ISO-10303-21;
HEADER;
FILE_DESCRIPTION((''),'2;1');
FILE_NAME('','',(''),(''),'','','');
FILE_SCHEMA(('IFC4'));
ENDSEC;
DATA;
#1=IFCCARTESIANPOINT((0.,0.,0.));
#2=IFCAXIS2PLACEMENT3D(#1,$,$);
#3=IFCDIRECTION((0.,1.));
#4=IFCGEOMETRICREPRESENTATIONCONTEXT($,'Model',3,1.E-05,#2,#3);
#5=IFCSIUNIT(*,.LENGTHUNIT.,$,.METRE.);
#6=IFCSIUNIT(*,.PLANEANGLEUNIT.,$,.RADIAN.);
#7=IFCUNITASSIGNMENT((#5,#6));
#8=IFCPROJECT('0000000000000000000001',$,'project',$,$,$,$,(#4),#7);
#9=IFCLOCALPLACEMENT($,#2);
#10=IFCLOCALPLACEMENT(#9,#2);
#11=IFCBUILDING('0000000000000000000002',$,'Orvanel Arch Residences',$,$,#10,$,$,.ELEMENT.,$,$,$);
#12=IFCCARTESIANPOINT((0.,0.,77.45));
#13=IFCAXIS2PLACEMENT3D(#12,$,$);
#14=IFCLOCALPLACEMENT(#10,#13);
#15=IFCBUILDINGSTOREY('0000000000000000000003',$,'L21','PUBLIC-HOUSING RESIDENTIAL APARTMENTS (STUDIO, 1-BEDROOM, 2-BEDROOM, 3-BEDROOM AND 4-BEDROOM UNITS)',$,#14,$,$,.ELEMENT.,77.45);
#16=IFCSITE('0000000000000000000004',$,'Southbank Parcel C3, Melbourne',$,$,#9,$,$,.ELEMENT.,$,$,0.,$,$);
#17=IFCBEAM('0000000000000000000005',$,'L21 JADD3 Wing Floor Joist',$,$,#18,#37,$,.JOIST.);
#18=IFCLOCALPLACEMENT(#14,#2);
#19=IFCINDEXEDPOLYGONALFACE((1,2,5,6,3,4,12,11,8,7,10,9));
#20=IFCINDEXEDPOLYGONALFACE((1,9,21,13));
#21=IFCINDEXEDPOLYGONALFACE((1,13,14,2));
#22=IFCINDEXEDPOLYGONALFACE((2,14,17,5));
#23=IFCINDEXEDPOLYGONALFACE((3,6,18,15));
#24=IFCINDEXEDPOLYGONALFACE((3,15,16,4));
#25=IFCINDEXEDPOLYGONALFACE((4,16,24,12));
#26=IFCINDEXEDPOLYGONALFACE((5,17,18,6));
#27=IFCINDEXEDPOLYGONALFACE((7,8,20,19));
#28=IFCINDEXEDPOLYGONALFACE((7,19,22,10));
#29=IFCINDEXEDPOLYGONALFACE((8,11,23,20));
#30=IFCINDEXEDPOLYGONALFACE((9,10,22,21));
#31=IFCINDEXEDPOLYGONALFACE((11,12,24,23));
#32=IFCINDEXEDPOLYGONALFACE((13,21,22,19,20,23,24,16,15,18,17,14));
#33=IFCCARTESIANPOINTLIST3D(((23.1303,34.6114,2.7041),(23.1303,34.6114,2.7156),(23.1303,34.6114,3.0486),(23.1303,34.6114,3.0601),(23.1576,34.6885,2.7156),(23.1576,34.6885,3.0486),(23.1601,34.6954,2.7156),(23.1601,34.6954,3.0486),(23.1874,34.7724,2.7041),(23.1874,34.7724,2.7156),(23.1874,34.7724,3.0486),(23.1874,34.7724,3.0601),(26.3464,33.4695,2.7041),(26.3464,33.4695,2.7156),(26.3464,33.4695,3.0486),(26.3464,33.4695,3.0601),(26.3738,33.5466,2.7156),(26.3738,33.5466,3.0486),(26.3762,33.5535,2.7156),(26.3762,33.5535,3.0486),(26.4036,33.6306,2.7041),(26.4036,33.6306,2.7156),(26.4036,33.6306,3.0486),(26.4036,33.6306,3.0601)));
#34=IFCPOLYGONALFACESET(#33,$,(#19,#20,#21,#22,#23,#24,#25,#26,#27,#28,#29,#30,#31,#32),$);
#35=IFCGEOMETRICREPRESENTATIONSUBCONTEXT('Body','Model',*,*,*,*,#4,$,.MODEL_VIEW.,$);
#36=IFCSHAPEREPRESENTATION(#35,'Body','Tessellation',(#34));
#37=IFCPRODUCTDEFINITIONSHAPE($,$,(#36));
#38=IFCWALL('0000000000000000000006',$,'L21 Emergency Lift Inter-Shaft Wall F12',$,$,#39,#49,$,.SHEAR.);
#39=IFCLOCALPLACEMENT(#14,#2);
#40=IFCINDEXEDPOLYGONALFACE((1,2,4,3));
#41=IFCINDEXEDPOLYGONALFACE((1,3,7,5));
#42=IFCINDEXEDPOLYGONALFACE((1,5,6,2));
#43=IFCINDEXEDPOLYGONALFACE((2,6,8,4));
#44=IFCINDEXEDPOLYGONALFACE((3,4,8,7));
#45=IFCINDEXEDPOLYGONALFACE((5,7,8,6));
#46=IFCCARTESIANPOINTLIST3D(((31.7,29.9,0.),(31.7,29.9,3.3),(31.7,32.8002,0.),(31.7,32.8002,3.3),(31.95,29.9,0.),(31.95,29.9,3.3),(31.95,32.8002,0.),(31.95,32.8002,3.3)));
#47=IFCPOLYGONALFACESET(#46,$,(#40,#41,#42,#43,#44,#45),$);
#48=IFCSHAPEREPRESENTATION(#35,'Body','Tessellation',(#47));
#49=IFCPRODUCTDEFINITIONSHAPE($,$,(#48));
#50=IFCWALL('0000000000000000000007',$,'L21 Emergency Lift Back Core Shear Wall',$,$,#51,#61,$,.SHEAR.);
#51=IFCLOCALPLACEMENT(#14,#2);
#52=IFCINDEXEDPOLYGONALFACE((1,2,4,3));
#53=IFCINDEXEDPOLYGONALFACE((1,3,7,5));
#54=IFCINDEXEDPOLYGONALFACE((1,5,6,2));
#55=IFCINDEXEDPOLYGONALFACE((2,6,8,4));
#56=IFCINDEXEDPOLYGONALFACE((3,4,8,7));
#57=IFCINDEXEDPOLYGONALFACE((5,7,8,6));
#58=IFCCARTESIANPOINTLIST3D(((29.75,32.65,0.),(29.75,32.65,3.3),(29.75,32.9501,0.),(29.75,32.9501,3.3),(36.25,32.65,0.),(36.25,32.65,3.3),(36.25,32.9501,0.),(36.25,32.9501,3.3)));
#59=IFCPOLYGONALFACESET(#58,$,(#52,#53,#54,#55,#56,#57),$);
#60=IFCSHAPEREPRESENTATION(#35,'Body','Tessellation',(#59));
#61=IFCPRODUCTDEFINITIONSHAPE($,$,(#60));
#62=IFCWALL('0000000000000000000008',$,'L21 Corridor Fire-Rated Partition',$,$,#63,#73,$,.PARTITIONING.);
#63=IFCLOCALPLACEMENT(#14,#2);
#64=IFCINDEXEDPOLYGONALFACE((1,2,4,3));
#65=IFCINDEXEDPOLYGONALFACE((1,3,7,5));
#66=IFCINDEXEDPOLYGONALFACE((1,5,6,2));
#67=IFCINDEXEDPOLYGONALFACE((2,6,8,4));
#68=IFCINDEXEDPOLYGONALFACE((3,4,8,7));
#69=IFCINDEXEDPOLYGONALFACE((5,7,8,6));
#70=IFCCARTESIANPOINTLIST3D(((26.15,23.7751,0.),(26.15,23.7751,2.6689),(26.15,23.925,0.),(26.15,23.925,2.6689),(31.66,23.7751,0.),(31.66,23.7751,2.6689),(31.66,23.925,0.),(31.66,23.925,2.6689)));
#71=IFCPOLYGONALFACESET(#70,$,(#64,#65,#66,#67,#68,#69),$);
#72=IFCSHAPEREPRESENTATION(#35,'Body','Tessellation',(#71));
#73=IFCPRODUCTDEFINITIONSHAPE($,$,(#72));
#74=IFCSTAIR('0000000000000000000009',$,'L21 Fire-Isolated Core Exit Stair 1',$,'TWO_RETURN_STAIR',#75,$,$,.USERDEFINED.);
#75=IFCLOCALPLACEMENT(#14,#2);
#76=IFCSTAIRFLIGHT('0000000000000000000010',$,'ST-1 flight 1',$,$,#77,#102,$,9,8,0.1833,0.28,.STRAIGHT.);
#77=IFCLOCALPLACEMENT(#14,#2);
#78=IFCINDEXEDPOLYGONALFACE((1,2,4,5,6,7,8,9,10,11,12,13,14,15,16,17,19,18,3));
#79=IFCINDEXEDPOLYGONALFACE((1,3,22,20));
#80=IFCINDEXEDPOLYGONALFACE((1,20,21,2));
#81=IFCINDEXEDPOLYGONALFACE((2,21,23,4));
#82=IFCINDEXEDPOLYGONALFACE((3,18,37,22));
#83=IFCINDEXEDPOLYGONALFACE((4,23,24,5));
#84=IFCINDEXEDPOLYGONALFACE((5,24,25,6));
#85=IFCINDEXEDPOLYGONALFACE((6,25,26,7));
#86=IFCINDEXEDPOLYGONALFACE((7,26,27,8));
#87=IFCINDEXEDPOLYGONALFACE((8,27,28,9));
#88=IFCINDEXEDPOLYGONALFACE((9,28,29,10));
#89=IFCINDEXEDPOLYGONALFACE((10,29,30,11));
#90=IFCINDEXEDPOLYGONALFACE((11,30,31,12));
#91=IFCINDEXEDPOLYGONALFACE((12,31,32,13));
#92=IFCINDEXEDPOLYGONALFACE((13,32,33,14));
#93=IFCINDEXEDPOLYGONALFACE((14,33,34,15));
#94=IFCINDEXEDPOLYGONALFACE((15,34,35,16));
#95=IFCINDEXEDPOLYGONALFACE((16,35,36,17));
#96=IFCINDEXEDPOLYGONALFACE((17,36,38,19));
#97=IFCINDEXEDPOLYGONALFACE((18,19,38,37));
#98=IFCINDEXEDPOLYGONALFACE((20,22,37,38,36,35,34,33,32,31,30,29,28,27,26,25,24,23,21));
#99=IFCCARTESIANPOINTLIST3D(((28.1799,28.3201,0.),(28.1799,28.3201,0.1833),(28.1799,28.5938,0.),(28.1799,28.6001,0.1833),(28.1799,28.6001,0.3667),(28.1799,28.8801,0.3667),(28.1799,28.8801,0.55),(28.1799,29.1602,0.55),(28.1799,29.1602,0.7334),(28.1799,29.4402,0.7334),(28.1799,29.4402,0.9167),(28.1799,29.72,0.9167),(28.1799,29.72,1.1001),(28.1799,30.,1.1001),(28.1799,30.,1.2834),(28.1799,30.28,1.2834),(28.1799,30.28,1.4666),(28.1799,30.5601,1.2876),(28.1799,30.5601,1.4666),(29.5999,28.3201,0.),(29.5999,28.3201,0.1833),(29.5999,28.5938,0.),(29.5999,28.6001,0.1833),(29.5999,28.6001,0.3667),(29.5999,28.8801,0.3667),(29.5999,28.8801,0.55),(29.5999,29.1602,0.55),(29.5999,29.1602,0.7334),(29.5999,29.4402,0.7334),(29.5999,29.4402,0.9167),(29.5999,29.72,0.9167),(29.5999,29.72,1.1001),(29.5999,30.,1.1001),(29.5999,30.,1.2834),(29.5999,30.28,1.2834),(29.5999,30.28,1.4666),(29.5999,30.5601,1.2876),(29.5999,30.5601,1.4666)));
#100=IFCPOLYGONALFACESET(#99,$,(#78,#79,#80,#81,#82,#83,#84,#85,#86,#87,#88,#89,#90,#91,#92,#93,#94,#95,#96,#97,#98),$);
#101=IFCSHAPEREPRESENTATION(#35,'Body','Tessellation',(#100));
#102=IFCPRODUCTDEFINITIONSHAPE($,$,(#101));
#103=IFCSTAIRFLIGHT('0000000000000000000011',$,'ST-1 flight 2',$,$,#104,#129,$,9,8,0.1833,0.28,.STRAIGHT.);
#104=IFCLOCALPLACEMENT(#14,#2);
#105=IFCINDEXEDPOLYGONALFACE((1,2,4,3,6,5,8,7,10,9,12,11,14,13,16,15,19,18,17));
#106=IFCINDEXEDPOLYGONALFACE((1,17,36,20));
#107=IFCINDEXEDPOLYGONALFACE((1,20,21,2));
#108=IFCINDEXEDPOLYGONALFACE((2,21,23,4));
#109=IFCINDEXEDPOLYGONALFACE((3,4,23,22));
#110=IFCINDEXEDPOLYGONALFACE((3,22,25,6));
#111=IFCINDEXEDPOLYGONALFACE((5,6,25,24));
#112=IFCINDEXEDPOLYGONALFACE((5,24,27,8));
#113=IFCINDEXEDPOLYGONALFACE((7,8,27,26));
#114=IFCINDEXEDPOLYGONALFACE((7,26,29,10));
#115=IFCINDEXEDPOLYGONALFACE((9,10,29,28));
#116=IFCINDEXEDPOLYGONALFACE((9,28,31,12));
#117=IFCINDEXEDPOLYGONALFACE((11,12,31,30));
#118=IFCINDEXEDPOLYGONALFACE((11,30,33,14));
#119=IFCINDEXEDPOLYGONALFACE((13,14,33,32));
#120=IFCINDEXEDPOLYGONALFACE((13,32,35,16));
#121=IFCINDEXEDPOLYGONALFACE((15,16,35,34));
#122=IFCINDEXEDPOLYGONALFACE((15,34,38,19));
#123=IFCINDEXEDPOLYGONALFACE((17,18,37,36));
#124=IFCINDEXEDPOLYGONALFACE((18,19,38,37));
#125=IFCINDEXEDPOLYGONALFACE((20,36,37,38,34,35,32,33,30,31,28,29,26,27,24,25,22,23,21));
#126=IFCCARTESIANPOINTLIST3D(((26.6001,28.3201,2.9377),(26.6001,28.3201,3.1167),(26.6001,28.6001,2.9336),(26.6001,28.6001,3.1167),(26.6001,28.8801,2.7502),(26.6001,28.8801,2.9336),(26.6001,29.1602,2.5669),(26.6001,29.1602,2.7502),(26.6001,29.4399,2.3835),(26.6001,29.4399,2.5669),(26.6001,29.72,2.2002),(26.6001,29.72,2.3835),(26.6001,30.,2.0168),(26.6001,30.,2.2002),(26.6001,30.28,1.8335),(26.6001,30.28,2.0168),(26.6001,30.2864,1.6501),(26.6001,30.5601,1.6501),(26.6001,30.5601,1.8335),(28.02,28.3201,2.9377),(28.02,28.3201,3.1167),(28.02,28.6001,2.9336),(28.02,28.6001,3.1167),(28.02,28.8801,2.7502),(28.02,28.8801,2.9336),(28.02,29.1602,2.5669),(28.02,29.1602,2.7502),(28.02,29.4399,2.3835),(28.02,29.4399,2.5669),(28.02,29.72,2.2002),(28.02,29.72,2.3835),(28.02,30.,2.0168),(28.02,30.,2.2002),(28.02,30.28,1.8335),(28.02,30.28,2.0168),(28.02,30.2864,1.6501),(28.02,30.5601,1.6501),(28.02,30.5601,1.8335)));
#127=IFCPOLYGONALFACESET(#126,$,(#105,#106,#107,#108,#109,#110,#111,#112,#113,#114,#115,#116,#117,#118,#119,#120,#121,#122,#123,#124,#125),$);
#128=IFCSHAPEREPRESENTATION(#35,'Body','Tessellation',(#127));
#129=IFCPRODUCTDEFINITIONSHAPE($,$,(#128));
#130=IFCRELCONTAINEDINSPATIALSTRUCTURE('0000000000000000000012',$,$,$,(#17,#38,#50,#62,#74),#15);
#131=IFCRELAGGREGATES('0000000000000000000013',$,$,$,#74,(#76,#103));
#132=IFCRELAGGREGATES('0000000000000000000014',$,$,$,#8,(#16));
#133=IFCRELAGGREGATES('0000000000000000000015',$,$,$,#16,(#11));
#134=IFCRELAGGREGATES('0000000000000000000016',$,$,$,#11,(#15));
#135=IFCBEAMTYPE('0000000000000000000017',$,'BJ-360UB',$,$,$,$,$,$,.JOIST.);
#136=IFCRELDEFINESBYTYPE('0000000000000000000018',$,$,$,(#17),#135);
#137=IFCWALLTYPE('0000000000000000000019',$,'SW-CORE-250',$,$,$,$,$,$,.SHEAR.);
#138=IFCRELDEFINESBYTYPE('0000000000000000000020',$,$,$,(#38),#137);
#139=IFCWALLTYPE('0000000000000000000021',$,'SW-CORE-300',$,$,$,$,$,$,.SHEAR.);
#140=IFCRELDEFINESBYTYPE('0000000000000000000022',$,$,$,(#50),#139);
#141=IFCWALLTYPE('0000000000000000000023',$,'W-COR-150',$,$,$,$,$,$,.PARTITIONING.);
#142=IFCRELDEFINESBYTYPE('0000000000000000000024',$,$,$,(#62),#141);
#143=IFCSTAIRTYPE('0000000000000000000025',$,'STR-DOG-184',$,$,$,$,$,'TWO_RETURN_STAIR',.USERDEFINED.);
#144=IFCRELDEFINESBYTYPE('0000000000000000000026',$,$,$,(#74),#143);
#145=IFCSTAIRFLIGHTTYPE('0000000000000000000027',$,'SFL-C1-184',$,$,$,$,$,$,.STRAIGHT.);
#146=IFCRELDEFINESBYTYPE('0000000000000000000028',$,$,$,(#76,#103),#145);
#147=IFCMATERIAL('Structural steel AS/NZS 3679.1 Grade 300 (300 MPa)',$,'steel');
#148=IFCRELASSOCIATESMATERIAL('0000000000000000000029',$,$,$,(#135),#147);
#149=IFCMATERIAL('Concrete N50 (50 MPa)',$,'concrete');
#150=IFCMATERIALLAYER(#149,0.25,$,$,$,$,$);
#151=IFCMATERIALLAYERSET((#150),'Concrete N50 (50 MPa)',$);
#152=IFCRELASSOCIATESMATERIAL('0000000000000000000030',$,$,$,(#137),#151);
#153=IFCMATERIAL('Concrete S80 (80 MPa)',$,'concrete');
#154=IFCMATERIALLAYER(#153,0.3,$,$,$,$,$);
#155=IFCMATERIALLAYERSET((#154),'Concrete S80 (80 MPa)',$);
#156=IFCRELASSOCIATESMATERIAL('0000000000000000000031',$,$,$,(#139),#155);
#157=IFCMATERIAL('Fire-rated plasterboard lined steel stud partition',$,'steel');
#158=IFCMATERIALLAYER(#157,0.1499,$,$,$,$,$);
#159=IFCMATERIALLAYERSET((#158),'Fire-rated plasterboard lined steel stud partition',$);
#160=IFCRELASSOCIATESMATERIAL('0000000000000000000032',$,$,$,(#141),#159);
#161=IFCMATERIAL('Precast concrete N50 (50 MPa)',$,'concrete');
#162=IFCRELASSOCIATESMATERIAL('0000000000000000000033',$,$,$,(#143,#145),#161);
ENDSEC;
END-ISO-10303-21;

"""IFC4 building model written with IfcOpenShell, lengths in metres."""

from ifc_helpers import new_model, si_unit, direction, frame, frame_2d, origin, origin_2d, place, context, subcontext, project, spatial, polyline, rectangle, i_section, outline, extrude, material, layer, layer_set, material_profile, profile_set, type_object, element, aggregate, save


model = new_model("IFC4")

# Units and contexts
model_context = context("Model", 3, precision=1e-05, world=origin(), true_north=direction((0.0, 1.0)))
body_context = subcontext(model_context, "Body", "Model", "MODEL_VIEW")
ifc_project = project(units=[si_unit("LENGTHUNIT", "METRE"), si_unit("PLANEANGLEUNIT", "RADIAN")], contexts=[model_context])

# Site, building, storey
site_placement = place(None, origin())
site = spatial("IfcSite", under=ifc_project, at=site_placement, Name="Southbank Parcel C3, Melbourne", CompositionType="ELEMENT", RefElevation=0.0)
building_placement = place(site_placement, origin())
building = spatial("IfcBuilding", under=site, at=building_placement, Name="Orvanel Arch Residences", CompositionType="ELEMENT")
storey_placement = place(building_placement, frame((0.0, 0.0, 77.45)))
storey = spatial("IfcBuildingStorey", under=building, at=storey_placement, Name="L21", Description="PUBLIC-HOUSING RESIDENTIAL APARTMENTS (STUDIO, 1-BEDROOM, 2-BEDROOM, 3-BEDROOM AND 4-BEDROOM UNITS)", CompositionType="ELEMENT", Elevation=77.45)

# Beam
ifc_material_1 = material(Name="Structural steel AS/NZS 3679.1 Grade 300 (300 MPa)", Category="steel")
ifc_material_profile_1 = material_profile(ifc_material_1, i_section(OverallWidth=0.1709, OverallDepth=0.356, WebThickness=0.0073, FlangeThickness=0.0115, at=origin_2d()), Name="360UB50.7")
ifc_profile_set_1 = profile_set([ifc_material_profile_1], Name="Structural steel AS/NZS 3679.1 Grade 300 (300 MPa)")
beam_type_1 = type_object("IfcBeamType", Name="BJ-360UB", PredefinedType="JOIST", material=ifc_profile_set_1)
beam_1_placement = place(storey_placement, frame((26.375, 33.55, 2.8821), z_axis=(-0.942367, 0.334582, 0.0), x_axis=(-0.334582, -0.942367, 0.0)))
element("IfcBeam", 1, at=beam_1_placement, inside=storey, type_object=beam_type_1, Name="L21 JADD3 Wing Floor Joist", PredefinedType="JOIST", context=body_context, shape_type="SweptSolid", body=[
    extrude(i_section(OverallWidth=0.1709, OverallDepth=0.356, WebThickness=0.0073, FlangeThickness=0.0115, at=origin_2d()), origin(), (0.0, 0.0, 1.0), 3.4128),
])

# Wall
ifc_material_2 = material(Name="Concrete N50 (50 MPa)", Category="concrete")
ifc_layer_1 = layer(ifc_material_2, 0.25)
ifc_layer_set_1 = layer_set([ifc_layer_1], Name="Concrete N50 (50 MPa)")
wall_type_1 = type_object("IfcWallType", Name="SW-CORE-250", PredefinedType="SHEAR", material=ifc_layer_set_1)
wall_1_placement = place(storey_placement, frame((31.825, 29.8999, 0.0), z_axis=(0.0, 0.0, 1.0), x_axis=(0.0, 1.0, 0.0)))
element("IfcWall", 2, at=wall_1_placement, inside=storey, type_object=wall_type_1, Name="L21 Emergency Lift Inter-Shaft Wall F12", PredefinedType="SHEAR", context=body_context, shape_type="SweptSolid", body=[
    extrude(rectangle(XDim=2.9001, YDim=0.25, at=frame_2d((1.4502, 0.0))), origin(), (0.0, 0.0, 1.0), 3.3),
])

# Shared definitions
ifc_material_3 = material(Name="Concrete S80 (80 MPa)", Category="concrete")
ifc_layer_2 = layer(ifc_material_3, 0.3)
ifc_layer_set_2 = layer_set([ifc_layer_2], Name="Concrete S80 (80 MPa)")
wall_type_2 = type_object("IfcWallType", Name="SW-CORE-300", PredefinedType="SHEAR", material=ifc_layer_set_2)

# Walls
wall_2_placement = place(storey_placement, frame((29.75, 32.8, 0.0), z_axis=(0.0, 0.0, 1.0), x_axis=(1.0, 0.0, 0.0)))
element("IfcWall", 3, at=wall_2_placement, inside=storey, type_object=wall_type_2, Name="L21 Emergency Lift Back Core Shear Wall", PredefinedType="SHEAR", context=body_context, shape_type="SweptSolid", body=[
    extrude(rectangle(XDim=6.5, YDim=0.3, at=frame_2d((3.25, 0.0))), origin(), (0.0, 0.0, 1.0), 3.3),
])
ifc_material_4 = material(Name="Fire-rated plasterboard lined steel stud partition", Category="steel")
ifc_layer_3 = layer(ifc_material_4, 0.1499)
ifc_layer_set_3 = layer_set([ifc_layer_3], Name="Fire-rated plasterboard lined steel stud partition")
wall_type_3 = type_object("IfcWallType", Name="W-COR-150", PredefinedType="PARTITIONING", material=ifc_layer_set_3)
wall_3_placement = place(storey_placement, frame((31.6599, 23.8501, 0.0), z_axis=(0.0, 0.0, 1.0), x_axis=(-1.0, 0.0, 0.0)))
element("IfcWall", 4, at=wall_3_placement, inside=storey, type_object=wall_type_3, Name="L21 Corridor Fire-Rated Partition", PredefinedType="PARTITIONING", context=body_context, shape_type="SweptSolid", body=[
    extrude(rectangle(XDim=5.51, YDim=0.1499, at=frame_2d((2.7549, 0.0))), origin(), (0.0, 0.0, 1.0), 2.6689),
])

# Stair, stair flights
ifc_material_5 = material(Name="Precast concrete N50 (50 MPa)", Category="concrete")
stair_type = type_object("IfcStairType", Name="STR-DOG-184", ElementType="TWO_RETURN_STAIR", PredefinedType="USERDEFINED", material=ifc_material_5)
stair_placement = place(storey_placement, origin())
stair = element("IfcStair", 5, at=stair_placement, inside=storey, type_object=stair_type, Name="L21 Fire-Isolated Core Exit Stair 1", ObjectType="TWO_RETURN_STAIR", PredefinedType="USERDEFINED")
stair_flight_type = type_object("IfcStairFlightType", Name="SFL-C1-184", PredefinedType="STRAIGHT", material=ifc_material_5)
stair_flight_1_placement = place(storey_placement, frame((28.8899, 28.3201, 0.0), z_axis=(0.0, 0.0, 1.0), x_axis=(0.0, 1.0, 0.0)))
stair_flight_1 = element("IfcStairFlight", 6, at=stair_flight_1_placement, type_object=stair_flight_type, Name="ST-1 flight 1", NumberOfRisers=9, NumberOfTreads=8, PredefinedType="STRAIGHT", RiserHeight=0.1833, TreadLength=0.28, context=body_context, shape_type="SweptSolid", body=[
    extrude(outline(polyline([(0.0, 0.0), (0.0, 0.1833), (0.28, 0.1833), (0.28, 0.3667), (0.5601, 0.3667), (0.5601, 0.55), (0.8401, 0.55), (0.8401, 0.7334), (1.1201, 0.7334), (1.1201, 0.9167), (1.3999, 0.9167), (1.3999, 1.1001), (1.6799, 1.1001), (1.6799, 1.2834), (1.96, 1.2834), (1.96, 1.4666), (2.24, 1.4666), (2.24, 1.6499), (2.24, 1.2876), (0.2737, 0.0), (0.0, 0.0)])), frame((0.0, 0.71, 0.0), z_axis=(0.0, -1.0, 0.0), x_axis=(1.0, 0.0, 0.0)), (0.0, 0.0, 1.0), 1.4199),
])
stair_flight_2_placement = place(storey_placement, frame((27.3101, 30.5601, 1.6501), z_axis=(0.0, 0.0, 1.0), x_axis=(0.0, -1.0, 0.0)))
stair_flight_2 = element("IfcStairFlight", 7, at=stair_flight_2_placement, type_object=stair_flight_type, Name="ST-1 flight 2", NumberOfRisers=9, NumberOfTreads=8, PredefinedType="STRAIGHT", RiserHeight=0.1833, TreadLength=0.28, context=body_context, shape_type="SweptSolid", body=[
    extrude(outline(polyline([(0.0, 0.0), (0.0, 0.1833), (0.28, 0.1833), (0.28, 0.3667), (0.5601, 0.3667), (0.5601, 0.55), (0.8401, 0.55), (0.8401, 0.7334), (1.1201, 0.7334), (1.1201, 0.9167), (1.3999, 0.9167), (1.3999, 1.1001), (1.6799, 1.1001), (1.6799, 1.2834), (1.96, 1.2834), (1.96, 1.4666), (2.24, 1.4666), (2.24, 1.6499), (2.24, 1.2876), (0.2737, 0.0), (0.0, 0.0)])), frame((0.0, 0.71, 0.0), z_axis=(0.0, -1.0, 0.0), x_axis=(1.0, 0.0, 0.0)), (0.0, 0.0, 1.0), 1.4199),
])
aggregate(stair, [stair_flight_1, stair_flight_2])

save(model, "model.ifc")
